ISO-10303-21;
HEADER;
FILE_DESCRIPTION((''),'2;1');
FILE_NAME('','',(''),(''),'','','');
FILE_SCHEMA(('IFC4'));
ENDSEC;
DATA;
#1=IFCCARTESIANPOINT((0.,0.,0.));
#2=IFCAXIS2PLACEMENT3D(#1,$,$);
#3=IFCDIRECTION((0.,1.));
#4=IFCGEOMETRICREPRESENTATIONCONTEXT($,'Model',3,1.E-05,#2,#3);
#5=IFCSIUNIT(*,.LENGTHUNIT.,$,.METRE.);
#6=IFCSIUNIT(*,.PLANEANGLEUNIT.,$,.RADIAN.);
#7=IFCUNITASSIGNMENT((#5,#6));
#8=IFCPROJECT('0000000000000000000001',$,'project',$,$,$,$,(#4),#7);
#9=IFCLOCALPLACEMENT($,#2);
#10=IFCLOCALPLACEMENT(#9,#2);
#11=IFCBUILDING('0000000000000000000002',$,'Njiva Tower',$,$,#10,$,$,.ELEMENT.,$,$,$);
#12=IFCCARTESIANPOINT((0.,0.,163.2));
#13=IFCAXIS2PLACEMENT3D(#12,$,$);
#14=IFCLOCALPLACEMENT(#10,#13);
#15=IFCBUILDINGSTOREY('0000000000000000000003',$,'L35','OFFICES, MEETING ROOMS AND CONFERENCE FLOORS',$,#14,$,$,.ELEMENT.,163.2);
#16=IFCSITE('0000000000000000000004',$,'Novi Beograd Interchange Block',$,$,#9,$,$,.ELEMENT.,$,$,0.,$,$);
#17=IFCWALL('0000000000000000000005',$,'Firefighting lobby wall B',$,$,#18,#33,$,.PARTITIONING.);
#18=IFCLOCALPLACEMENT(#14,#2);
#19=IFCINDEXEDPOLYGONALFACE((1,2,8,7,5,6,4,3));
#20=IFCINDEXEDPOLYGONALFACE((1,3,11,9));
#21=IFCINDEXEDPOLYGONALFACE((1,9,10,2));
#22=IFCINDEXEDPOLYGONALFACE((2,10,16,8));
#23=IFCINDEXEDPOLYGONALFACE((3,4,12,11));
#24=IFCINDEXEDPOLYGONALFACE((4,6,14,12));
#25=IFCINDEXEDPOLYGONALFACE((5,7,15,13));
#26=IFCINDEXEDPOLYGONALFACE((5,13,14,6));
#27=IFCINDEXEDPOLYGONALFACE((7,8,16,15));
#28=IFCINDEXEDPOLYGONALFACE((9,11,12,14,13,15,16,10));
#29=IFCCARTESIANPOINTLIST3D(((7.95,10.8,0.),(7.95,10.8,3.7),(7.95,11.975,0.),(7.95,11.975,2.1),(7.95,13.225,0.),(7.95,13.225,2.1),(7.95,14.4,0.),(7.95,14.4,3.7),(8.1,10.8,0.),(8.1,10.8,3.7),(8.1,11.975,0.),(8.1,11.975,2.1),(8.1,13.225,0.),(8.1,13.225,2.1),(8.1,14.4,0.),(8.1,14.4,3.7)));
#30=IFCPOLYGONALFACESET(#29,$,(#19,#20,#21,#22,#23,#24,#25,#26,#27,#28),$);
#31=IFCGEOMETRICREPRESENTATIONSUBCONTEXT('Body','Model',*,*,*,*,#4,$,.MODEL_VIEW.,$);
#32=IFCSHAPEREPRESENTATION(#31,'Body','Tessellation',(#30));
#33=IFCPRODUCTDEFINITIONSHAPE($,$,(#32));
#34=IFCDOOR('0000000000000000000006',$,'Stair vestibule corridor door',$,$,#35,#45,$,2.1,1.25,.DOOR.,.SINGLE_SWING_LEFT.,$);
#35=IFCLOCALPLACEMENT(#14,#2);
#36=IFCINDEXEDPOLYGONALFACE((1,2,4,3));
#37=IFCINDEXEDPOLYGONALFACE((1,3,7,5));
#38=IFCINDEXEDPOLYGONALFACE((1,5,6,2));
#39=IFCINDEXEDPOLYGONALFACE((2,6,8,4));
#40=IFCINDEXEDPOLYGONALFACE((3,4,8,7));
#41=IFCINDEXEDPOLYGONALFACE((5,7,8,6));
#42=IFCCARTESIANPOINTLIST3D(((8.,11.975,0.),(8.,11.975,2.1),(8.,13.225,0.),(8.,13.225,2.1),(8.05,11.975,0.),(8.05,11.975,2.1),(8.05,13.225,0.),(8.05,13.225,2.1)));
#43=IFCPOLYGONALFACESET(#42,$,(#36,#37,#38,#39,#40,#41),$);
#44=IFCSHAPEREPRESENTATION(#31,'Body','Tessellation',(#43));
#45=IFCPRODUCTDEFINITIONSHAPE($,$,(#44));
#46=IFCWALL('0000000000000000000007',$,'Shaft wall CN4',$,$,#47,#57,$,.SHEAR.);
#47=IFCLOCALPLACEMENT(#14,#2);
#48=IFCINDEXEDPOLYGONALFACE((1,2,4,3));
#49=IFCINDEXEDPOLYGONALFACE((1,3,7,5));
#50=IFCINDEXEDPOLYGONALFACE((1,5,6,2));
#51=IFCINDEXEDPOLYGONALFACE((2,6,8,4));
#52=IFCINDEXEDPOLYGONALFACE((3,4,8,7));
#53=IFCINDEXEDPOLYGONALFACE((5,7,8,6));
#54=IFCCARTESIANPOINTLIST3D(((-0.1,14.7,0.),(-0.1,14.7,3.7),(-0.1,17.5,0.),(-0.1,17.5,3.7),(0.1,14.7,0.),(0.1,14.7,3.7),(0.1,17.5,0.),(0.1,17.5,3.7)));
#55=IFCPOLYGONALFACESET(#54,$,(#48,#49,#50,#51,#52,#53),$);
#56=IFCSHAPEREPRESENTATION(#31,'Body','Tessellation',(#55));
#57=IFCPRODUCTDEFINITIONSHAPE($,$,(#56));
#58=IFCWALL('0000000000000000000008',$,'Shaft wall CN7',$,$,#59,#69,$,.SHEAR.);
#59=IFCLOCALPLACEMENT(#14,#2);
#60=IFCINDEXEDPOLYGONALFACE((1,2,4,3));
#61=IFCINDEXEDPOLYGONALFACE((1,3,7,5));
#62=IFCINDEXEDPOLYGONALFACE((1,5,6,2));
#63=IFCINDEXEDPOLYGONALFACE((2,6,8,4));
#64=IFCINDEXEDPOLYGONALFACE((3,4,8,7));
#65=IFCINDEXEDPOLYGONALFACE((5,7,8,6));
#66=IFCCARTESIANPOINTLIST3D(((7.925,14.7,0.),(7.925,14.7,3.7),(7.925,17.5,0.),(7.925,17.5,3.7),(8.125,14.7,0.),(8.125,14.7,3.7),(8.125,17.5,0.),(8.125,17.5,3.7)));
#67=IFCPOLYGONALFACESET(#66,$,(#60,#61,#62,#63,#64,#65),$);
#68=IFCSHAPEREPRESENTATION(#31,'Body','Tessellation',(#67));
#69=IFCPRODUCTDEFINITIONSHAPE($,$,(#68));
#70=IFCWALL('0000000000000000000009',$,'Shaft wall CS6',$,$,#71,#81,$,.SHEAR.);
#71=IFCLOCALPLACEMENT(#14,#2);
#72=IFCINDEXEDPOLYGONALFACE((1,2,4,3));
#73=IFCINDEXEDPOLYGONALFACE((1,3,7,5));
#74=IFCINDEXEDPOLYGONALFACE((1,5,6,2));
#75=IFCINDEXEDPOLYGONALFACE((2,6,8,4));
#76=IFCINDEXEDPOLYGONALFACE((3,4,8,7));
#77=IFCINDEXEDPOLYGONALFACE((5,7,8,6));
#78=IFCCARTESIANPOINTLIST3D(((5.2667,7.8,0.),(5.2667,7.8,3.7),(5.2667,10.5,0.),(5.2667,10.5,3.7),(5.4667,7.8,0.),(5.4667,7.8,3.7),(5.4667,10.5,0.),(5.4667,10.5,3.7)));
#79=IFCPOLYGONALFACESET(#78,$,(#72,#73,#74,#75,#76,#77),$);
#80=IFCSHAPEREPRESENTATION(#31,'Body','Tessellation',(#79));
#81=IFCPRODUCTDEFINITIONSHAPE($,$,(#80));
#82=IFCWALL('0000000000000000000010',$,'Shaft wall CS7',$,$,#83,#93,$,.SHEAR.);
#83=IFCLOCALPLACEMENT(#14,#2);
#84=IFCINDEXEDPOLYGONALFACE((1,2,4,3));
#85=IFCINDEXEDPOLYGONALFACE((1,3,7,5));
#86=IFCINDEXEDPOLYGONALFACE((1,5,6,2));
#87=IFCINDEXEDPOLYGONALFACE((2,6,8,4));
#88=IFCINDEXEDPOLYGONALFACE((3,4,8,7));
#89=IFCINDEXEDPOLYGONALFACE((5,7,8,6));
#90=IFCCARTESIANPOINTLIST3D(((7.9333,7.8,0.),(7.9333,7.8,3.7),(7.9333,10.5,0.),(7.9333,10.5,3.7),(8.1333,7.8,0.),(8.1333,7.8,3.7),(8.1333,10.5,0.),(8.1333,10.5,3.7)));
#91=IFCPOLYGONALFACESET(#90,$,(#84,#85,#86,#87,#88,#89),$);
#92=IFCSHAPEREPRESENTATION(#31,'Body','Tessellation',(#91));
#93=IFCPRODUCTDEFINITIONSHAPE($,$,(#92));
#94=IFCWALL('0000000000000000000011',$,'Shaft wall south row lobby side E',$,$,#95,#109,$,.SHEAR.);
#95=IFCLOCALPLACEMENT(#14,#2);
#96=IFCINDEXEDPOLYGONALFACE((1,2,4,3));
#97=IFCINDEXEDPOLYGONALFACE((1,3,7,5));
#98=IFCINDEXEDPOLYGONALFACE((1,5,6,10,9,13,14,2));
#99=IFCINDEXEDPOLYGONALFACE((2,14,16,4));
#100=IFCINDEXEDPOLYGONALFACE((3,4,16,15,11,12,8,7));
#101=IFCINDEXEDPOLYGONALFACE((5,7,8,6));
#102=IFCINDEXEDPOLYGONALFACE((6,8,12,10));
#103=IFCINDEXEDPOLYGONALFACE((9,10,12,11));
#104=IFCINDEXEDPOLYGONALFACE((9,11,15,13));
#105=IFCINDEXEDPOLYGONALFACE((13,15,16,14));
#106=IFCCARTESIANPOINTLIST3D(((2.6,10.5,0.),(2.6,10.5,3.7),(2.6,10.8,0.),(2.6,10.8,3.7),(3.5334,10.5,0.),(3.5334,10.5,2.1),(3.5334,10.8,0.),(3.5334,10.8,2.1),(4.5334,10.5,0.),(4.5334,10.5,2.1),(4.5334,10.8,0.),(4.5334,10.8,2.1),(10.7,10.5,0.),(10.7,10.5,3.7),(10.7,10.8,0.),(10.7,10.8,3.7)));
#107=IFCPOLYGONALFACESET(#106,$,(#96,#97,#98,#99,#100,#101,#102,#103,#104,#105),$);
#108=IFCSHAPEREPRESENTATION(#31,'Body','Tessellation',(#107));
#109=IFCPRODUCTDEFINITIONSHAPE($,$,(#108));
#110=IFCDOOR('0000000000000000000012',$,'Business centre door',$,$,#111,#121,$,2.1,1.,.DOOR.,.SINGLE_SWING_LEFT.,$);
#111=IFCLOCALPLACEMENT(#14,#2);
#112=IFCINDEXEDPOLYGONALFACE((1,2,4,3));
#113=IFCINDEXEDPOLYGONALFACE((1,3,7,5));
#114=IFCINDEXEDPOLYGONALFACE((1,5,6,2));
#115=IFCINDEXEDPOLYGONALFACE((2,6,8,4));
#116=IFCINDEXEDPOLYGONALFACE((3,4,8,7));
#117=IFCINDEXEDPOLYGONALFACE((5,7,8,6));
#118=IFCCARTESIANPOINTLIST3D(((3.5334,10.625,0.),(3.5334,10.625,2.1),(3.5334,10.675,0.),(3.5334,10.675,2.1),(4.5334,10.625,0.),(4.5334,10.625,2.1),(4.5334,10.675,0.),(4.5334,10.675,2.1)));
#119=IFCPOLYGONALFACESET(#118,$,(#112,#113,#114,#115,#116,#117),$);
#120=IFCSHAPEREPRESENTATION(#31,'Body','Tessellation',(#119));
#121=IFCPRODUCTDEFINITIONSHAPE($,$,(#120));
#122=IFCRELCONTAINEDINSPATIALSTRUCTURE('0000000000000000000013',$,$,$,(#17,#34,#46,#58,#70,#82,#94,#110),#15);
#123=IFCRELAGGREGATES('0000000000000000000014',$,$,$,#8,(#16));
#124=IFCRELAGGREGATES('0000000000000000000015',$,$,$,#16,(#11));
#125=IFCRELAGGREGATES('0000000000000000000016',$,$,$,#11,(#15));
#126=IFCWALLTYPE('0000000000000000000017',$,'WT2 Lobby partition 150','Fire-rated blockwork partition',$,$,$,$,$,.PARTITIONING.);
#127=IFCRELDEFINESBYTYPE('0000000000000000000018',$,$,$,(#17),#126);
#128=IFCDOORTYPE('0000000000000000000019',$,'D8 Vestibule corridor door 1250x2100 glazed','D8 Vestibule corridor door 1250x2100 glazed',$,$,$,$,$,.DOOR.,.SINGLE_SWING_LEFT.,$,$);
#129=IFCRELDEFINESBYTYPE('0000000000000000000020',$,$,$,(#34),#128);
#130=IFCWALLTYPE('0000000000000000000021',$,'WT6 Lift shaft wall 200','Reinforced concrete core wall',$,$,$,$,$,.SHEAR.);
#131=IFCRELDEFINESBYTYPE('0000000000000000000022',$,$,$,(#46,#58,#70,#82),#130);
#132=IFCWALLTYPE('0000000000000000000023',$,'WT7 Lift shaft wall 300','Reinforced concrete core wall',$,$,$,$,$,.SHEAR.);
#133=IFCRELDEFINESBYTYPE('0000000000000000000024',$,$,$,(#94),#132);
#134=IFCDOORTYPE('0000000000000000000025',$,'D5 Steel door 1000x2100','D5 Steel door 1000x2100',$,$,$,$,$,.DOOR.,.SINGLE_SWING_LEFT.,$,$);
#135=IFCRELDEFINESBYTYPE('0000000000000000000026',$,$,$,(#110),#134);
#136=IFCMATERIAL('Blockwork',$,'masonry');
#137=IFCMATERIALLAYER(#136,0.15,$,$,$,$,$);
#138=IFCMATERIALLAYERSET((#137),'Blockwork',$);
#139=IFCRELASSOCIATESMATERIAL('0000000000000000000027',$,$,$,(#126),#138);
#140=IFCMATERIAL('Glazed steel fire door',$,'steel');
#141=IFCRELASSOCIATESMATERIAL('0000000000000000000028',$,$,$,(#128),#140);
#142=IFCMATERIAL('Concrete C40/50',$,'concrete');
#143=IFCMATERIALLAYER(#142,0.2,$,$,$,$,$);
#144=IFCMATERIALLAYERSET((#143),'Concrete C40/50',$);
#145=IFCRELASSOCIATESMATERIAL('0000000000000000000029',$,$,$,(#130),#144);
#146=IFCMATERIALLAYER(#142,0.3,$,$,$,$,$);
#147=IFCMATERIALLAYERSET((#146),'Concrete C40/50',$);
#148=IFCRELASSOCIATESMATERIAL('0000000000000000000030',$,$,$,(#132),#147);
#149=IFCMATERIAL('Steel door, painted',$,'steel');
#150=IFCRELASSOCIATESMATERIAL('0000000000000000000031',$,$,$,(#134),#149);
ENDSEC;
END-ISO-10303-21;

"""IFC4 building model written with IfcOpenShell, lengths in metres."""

from ifc_helpers import new_model, si_unit, direction, frame, frame_2d, origin, place, context, subcontext, project, spatial, rectangle, extrude, material, layer, layer_set, type_object, element, fill, save


model = new_model("IFC4")

# Units and contexts
model_context = context("Model", 3, precision=1e-05, world=origin(), true_north=direction((0.0, 1.0)))
body_context = subcontext(model_context, "Body", "Model", "MODEL_VIEW")
ifc_project = project(units=[si_unit("LENGTHUNIT", "METRE"), si_unit("PLANEANGLEUNIT", "RADIAN")], contexts=[model_context])

# Site, building, storey
site_placement = place(None, origin())
site = spatial("IfcSite", under=ifc_project, at=site_placement, Name="Novi Beograd Interchange Block", CompositionType="ELEMENT", RefElevation=0.0)
building_placement = place(site_placement, origin())
building = spatial("IfcBuilding", under=site, at=building_placement, Name="Njiva Tower", CompositionType="ELEMENT")
storey_placement = place(building_placement, frame((0.0, 0.0, 163.2)))
storey = spatial("IfcBuildingStorey", under=building, at=storey_placement, Name="L35", Description="OFFICES, MEETING ROOMS AND CONFERENCE FLOORS", CompositionType="ELEMENT", Elevation=163.2)

# Shared definitions
ifc_material_1 = material(Name="Blockwork", Category="masonry")

# Wall, opening, door
ifc_material_2 = material(Name="Concrete C40/50", Category="concrete")
ifc_material_3 = material(Name="Glazed steel fire door", Category="steel")
ifc_layer_1 = layer(ifc_material_1, 0.15)
ifc_layer_set_1 = layer_set([ifc_layer_1], Name="Blockwork")
wall_type_1 = type_object("IfcWallType", Name="WT2 Lobby partition 150", Description="Fire-rated blockwork partition", PredefinedType="PARTITIONING", material=ifc_layer_set_1)
wall_1_placement = place(storey_placement, frame((8.025, 10.8, 0.0), z_axis=(0.0, 0.0, 1.0), x_axis=(0.0, 1.0, 0.0)))
wall_1 = element("IfcWall", 1, at=wall_1_placement, inside=storey, type_object=wall_type_1, Name="Firefighting lobby wall B", PredefinedType="PARTITIONING", context=body_context, shape_type="SweptSolid", body=[
    extrude(rectangle(XDim=3.6, YDim=0.15, at=frame_2d((1.8, 0.0))), origin(), (0.0, 0.0, 1.0), 3.7),
])
opening_1_placement = place(wall_1_placement, frame((1.175, 0.0, 0.0)))
opening_1 = element("IfcOpeningElement", 2, at=opening_1_placement, cuts=wall_1, PredefinedType="OPENING", context=body_context, shape_type="SweptSolid", body=[
    extrude(rectangle(XDim=1.25, YDim=2.1, at=frame_2d((0.625, 1.05))), frame((0.0, 0.085, 0.0), z_axis=(0.0, -1.0, 0.0), x_axis=(1.0, 0.0, 0.0)), (0.0, 0.0, 1.0), 0.17),
])
door_type_1 = type_object("IfcDoorType", Name="D8 Vestibule corridor door 1250x2100 glazed", Description="D8 Vestibule corridor door 1250x2100 glazed", OperationType="SINGLE_SWING_LEFT", PredefinedType="DOOR", material=ifc_material_3)
door_1_placement = place(opening_1_placement, origin())
door_1 = element("IfcDoor", 3, at=door_1_placement, inside=storey, type_object=door_type_1, Name="Stair vestibule corridor door", OperationType="SINGLE_SWING_LEFT", OverallHeight=2.1, OverallWidth=1.25, PredefinedType="DOOR", context=body_context, shape_type="SweptSolid", body=[
    extrude(rectangle(XDim=1.25, YDim=2.1, at=frame_2d((0.625, 1.05))), frame((0.0, 0.025, 0.0), z_axis=(0.0, -1.0, 0.0), x_axis=(1.0, 0.0, 0.0)), (0.0, 0.0, 1.0), 0.05),
])
fill(opening_1, door_1)

# Walls
ifc_layer_2 = layer(ifc_material_2, 0.2)
ifc_layer_set_2 = layer_set([ifc_layer_2], Name="Concrete C40/50")
wall_type_2 = type_object("IfcWallType", Name="WT6 Lift shaft wall 200", Description="Reinforced concrete core wall", PredefinedType="SHEAR", material=ifc_layer_set_2)
for number, where, z_axis, x_axis, name in (
    (4, (0.0, 14.7, 0.0), (0.0, 0.0, 1.0), (0.0, 1.0, 0.0), "Shaft wall CN4"),
    (5, (8.025, 14.7, 0.0), (0.0, 0.0, 1.0), (0.0, 1.0, 0.0), "Shaft wall CN7"),
):
    element("IfcWall", number, at=place(storey_placement, frame(where, z_axis=z_axis, x_axis=x_axis)), inside=storey, type_object=wall_type_2, Name=name, PredefinedType="SHEAR", context=body_context, shape_type="SweptSolid", body=[
        extrude(rectangle(XDim=2.8, YDim=0.2, at=frame_2d((1.4, 0.0))), origin(), (0.0, 0.0, 1.0), 3.7),
    ])
for number, where, z_axis, x_axis, name in (
    (6, (5.3667, 7.8, 0.0), (0.0, 0.0, 1.0), (0.0, 1.0, 0.0), "Shaft wall CS6"),
    (7, (8.0333, 7.8, 0.0), (0.0, 0.0, 1.0), (0.0, 1.0, 0.0), "Shaft wall CS7"),
):
    element("IfcWall", number, at=place(storey_placement, frame(where, z_axis=z_axis, x_axis=x_axis)), inside=storey, type_object=wall_type_2, Name=name, PredefinedType="SHEAR", context=body_context, shape_type="SweptSolid", body=[
        extrude(rectangle(XDim=2.7, YDim=0.2, at=frame_2d((1.35, 0.0))), origin(), (0.0, 0.0, 1.0), 3.7),
    ])

# Wall, opening, door
ifc_layer_3 = layer(ifc_material_2, 0.3)
ifc_layer_set_3 = layer_set([ifc_layer_3], Name="Concrete C40/50")
wall_type_3 = type_object("IfcWallType", Name="WT7 Lift shaft wall 300", Description="Reinforced concrete core wall", PredefinedType="SHEAR", material=ifc_layer_set_3)
wall_2_placement = place(storey_placement, frame((2.6, 10.65, 0.0), z_axis=(0.0, 0.0, 1.0), x_axis=(1.0, 0.0, 0.0)))
wall_2 = element("IfcWall", 8, at=wall_2_placement, inside=storey, type_object=wall_type_3, Name="Shaft wall south row lobby side E", PredefinedType="SHEAR", context=body_context, shape_type="SweptSolid", body=[
    extrude(rectangle(XDim=8.1, YDim=0.3, at=frame_2d((4.05, 0.0))), origin(), (0.0, 0.0, 1.0), 3.7),
])
opening_2_placement = place(wall_2_placement, frame((0.9334, 0.0, 0.0)))
opening_2 = element("IfcOpeningElement", 9, at=opening_2_placement, cuts=wall_2, PredefinedType="OPENING", context=body_context, shape_type="SweptSolid", body=[
    extrude(rectangle(XDim=1.0, YDim=2.1, at=frame_2d((0.5, 1.05))), frame((0.0, 0.16, 0.0), z_axis=(0.0, -1.0, 0.0), x_axis=(1.0, 0.0, 0.0)), (0.0, 0.0, 1.0), 0.32),
])
ifc_material_4 = material(Name="Steel door, painted", Category="steel")
door_type_2 = type_object("IfcDoorType", Name="D5 Steel door 1000x2100", Description="D5 Steel door 1000x2100", OperationType="SINGLE_SWING_LEFT", PredefinedType="DOOR", material=ifc_material_4)
door_2_placement = place(opening_2_placement, origin())
door_2 = element("IfcDoor", 10, at=door_2_placement, inside=storey, type_object=door_type_2, Name="Business centre door", OperationType="SINGLE_SWING_LEFT", OverallHeight=2.1, OverallWidth=1.0, PredefinedType="DOOR", context=body_context, shape_type="SweptSolid", body=[
    extrude(rectangle(XDim=1.0, YDim=2.1, at=frame_2d((0.5, 1.05))), frame((0.0, 0.025, 0.0), z_axis=(0.0, -1.0, 0.0), x_axis=(1.0, 0.0, 0.0)), (0.0, 0.0, 1.0), 0.05),
])
fill(opening_2, door_2)

save(model, "model.ifc")
